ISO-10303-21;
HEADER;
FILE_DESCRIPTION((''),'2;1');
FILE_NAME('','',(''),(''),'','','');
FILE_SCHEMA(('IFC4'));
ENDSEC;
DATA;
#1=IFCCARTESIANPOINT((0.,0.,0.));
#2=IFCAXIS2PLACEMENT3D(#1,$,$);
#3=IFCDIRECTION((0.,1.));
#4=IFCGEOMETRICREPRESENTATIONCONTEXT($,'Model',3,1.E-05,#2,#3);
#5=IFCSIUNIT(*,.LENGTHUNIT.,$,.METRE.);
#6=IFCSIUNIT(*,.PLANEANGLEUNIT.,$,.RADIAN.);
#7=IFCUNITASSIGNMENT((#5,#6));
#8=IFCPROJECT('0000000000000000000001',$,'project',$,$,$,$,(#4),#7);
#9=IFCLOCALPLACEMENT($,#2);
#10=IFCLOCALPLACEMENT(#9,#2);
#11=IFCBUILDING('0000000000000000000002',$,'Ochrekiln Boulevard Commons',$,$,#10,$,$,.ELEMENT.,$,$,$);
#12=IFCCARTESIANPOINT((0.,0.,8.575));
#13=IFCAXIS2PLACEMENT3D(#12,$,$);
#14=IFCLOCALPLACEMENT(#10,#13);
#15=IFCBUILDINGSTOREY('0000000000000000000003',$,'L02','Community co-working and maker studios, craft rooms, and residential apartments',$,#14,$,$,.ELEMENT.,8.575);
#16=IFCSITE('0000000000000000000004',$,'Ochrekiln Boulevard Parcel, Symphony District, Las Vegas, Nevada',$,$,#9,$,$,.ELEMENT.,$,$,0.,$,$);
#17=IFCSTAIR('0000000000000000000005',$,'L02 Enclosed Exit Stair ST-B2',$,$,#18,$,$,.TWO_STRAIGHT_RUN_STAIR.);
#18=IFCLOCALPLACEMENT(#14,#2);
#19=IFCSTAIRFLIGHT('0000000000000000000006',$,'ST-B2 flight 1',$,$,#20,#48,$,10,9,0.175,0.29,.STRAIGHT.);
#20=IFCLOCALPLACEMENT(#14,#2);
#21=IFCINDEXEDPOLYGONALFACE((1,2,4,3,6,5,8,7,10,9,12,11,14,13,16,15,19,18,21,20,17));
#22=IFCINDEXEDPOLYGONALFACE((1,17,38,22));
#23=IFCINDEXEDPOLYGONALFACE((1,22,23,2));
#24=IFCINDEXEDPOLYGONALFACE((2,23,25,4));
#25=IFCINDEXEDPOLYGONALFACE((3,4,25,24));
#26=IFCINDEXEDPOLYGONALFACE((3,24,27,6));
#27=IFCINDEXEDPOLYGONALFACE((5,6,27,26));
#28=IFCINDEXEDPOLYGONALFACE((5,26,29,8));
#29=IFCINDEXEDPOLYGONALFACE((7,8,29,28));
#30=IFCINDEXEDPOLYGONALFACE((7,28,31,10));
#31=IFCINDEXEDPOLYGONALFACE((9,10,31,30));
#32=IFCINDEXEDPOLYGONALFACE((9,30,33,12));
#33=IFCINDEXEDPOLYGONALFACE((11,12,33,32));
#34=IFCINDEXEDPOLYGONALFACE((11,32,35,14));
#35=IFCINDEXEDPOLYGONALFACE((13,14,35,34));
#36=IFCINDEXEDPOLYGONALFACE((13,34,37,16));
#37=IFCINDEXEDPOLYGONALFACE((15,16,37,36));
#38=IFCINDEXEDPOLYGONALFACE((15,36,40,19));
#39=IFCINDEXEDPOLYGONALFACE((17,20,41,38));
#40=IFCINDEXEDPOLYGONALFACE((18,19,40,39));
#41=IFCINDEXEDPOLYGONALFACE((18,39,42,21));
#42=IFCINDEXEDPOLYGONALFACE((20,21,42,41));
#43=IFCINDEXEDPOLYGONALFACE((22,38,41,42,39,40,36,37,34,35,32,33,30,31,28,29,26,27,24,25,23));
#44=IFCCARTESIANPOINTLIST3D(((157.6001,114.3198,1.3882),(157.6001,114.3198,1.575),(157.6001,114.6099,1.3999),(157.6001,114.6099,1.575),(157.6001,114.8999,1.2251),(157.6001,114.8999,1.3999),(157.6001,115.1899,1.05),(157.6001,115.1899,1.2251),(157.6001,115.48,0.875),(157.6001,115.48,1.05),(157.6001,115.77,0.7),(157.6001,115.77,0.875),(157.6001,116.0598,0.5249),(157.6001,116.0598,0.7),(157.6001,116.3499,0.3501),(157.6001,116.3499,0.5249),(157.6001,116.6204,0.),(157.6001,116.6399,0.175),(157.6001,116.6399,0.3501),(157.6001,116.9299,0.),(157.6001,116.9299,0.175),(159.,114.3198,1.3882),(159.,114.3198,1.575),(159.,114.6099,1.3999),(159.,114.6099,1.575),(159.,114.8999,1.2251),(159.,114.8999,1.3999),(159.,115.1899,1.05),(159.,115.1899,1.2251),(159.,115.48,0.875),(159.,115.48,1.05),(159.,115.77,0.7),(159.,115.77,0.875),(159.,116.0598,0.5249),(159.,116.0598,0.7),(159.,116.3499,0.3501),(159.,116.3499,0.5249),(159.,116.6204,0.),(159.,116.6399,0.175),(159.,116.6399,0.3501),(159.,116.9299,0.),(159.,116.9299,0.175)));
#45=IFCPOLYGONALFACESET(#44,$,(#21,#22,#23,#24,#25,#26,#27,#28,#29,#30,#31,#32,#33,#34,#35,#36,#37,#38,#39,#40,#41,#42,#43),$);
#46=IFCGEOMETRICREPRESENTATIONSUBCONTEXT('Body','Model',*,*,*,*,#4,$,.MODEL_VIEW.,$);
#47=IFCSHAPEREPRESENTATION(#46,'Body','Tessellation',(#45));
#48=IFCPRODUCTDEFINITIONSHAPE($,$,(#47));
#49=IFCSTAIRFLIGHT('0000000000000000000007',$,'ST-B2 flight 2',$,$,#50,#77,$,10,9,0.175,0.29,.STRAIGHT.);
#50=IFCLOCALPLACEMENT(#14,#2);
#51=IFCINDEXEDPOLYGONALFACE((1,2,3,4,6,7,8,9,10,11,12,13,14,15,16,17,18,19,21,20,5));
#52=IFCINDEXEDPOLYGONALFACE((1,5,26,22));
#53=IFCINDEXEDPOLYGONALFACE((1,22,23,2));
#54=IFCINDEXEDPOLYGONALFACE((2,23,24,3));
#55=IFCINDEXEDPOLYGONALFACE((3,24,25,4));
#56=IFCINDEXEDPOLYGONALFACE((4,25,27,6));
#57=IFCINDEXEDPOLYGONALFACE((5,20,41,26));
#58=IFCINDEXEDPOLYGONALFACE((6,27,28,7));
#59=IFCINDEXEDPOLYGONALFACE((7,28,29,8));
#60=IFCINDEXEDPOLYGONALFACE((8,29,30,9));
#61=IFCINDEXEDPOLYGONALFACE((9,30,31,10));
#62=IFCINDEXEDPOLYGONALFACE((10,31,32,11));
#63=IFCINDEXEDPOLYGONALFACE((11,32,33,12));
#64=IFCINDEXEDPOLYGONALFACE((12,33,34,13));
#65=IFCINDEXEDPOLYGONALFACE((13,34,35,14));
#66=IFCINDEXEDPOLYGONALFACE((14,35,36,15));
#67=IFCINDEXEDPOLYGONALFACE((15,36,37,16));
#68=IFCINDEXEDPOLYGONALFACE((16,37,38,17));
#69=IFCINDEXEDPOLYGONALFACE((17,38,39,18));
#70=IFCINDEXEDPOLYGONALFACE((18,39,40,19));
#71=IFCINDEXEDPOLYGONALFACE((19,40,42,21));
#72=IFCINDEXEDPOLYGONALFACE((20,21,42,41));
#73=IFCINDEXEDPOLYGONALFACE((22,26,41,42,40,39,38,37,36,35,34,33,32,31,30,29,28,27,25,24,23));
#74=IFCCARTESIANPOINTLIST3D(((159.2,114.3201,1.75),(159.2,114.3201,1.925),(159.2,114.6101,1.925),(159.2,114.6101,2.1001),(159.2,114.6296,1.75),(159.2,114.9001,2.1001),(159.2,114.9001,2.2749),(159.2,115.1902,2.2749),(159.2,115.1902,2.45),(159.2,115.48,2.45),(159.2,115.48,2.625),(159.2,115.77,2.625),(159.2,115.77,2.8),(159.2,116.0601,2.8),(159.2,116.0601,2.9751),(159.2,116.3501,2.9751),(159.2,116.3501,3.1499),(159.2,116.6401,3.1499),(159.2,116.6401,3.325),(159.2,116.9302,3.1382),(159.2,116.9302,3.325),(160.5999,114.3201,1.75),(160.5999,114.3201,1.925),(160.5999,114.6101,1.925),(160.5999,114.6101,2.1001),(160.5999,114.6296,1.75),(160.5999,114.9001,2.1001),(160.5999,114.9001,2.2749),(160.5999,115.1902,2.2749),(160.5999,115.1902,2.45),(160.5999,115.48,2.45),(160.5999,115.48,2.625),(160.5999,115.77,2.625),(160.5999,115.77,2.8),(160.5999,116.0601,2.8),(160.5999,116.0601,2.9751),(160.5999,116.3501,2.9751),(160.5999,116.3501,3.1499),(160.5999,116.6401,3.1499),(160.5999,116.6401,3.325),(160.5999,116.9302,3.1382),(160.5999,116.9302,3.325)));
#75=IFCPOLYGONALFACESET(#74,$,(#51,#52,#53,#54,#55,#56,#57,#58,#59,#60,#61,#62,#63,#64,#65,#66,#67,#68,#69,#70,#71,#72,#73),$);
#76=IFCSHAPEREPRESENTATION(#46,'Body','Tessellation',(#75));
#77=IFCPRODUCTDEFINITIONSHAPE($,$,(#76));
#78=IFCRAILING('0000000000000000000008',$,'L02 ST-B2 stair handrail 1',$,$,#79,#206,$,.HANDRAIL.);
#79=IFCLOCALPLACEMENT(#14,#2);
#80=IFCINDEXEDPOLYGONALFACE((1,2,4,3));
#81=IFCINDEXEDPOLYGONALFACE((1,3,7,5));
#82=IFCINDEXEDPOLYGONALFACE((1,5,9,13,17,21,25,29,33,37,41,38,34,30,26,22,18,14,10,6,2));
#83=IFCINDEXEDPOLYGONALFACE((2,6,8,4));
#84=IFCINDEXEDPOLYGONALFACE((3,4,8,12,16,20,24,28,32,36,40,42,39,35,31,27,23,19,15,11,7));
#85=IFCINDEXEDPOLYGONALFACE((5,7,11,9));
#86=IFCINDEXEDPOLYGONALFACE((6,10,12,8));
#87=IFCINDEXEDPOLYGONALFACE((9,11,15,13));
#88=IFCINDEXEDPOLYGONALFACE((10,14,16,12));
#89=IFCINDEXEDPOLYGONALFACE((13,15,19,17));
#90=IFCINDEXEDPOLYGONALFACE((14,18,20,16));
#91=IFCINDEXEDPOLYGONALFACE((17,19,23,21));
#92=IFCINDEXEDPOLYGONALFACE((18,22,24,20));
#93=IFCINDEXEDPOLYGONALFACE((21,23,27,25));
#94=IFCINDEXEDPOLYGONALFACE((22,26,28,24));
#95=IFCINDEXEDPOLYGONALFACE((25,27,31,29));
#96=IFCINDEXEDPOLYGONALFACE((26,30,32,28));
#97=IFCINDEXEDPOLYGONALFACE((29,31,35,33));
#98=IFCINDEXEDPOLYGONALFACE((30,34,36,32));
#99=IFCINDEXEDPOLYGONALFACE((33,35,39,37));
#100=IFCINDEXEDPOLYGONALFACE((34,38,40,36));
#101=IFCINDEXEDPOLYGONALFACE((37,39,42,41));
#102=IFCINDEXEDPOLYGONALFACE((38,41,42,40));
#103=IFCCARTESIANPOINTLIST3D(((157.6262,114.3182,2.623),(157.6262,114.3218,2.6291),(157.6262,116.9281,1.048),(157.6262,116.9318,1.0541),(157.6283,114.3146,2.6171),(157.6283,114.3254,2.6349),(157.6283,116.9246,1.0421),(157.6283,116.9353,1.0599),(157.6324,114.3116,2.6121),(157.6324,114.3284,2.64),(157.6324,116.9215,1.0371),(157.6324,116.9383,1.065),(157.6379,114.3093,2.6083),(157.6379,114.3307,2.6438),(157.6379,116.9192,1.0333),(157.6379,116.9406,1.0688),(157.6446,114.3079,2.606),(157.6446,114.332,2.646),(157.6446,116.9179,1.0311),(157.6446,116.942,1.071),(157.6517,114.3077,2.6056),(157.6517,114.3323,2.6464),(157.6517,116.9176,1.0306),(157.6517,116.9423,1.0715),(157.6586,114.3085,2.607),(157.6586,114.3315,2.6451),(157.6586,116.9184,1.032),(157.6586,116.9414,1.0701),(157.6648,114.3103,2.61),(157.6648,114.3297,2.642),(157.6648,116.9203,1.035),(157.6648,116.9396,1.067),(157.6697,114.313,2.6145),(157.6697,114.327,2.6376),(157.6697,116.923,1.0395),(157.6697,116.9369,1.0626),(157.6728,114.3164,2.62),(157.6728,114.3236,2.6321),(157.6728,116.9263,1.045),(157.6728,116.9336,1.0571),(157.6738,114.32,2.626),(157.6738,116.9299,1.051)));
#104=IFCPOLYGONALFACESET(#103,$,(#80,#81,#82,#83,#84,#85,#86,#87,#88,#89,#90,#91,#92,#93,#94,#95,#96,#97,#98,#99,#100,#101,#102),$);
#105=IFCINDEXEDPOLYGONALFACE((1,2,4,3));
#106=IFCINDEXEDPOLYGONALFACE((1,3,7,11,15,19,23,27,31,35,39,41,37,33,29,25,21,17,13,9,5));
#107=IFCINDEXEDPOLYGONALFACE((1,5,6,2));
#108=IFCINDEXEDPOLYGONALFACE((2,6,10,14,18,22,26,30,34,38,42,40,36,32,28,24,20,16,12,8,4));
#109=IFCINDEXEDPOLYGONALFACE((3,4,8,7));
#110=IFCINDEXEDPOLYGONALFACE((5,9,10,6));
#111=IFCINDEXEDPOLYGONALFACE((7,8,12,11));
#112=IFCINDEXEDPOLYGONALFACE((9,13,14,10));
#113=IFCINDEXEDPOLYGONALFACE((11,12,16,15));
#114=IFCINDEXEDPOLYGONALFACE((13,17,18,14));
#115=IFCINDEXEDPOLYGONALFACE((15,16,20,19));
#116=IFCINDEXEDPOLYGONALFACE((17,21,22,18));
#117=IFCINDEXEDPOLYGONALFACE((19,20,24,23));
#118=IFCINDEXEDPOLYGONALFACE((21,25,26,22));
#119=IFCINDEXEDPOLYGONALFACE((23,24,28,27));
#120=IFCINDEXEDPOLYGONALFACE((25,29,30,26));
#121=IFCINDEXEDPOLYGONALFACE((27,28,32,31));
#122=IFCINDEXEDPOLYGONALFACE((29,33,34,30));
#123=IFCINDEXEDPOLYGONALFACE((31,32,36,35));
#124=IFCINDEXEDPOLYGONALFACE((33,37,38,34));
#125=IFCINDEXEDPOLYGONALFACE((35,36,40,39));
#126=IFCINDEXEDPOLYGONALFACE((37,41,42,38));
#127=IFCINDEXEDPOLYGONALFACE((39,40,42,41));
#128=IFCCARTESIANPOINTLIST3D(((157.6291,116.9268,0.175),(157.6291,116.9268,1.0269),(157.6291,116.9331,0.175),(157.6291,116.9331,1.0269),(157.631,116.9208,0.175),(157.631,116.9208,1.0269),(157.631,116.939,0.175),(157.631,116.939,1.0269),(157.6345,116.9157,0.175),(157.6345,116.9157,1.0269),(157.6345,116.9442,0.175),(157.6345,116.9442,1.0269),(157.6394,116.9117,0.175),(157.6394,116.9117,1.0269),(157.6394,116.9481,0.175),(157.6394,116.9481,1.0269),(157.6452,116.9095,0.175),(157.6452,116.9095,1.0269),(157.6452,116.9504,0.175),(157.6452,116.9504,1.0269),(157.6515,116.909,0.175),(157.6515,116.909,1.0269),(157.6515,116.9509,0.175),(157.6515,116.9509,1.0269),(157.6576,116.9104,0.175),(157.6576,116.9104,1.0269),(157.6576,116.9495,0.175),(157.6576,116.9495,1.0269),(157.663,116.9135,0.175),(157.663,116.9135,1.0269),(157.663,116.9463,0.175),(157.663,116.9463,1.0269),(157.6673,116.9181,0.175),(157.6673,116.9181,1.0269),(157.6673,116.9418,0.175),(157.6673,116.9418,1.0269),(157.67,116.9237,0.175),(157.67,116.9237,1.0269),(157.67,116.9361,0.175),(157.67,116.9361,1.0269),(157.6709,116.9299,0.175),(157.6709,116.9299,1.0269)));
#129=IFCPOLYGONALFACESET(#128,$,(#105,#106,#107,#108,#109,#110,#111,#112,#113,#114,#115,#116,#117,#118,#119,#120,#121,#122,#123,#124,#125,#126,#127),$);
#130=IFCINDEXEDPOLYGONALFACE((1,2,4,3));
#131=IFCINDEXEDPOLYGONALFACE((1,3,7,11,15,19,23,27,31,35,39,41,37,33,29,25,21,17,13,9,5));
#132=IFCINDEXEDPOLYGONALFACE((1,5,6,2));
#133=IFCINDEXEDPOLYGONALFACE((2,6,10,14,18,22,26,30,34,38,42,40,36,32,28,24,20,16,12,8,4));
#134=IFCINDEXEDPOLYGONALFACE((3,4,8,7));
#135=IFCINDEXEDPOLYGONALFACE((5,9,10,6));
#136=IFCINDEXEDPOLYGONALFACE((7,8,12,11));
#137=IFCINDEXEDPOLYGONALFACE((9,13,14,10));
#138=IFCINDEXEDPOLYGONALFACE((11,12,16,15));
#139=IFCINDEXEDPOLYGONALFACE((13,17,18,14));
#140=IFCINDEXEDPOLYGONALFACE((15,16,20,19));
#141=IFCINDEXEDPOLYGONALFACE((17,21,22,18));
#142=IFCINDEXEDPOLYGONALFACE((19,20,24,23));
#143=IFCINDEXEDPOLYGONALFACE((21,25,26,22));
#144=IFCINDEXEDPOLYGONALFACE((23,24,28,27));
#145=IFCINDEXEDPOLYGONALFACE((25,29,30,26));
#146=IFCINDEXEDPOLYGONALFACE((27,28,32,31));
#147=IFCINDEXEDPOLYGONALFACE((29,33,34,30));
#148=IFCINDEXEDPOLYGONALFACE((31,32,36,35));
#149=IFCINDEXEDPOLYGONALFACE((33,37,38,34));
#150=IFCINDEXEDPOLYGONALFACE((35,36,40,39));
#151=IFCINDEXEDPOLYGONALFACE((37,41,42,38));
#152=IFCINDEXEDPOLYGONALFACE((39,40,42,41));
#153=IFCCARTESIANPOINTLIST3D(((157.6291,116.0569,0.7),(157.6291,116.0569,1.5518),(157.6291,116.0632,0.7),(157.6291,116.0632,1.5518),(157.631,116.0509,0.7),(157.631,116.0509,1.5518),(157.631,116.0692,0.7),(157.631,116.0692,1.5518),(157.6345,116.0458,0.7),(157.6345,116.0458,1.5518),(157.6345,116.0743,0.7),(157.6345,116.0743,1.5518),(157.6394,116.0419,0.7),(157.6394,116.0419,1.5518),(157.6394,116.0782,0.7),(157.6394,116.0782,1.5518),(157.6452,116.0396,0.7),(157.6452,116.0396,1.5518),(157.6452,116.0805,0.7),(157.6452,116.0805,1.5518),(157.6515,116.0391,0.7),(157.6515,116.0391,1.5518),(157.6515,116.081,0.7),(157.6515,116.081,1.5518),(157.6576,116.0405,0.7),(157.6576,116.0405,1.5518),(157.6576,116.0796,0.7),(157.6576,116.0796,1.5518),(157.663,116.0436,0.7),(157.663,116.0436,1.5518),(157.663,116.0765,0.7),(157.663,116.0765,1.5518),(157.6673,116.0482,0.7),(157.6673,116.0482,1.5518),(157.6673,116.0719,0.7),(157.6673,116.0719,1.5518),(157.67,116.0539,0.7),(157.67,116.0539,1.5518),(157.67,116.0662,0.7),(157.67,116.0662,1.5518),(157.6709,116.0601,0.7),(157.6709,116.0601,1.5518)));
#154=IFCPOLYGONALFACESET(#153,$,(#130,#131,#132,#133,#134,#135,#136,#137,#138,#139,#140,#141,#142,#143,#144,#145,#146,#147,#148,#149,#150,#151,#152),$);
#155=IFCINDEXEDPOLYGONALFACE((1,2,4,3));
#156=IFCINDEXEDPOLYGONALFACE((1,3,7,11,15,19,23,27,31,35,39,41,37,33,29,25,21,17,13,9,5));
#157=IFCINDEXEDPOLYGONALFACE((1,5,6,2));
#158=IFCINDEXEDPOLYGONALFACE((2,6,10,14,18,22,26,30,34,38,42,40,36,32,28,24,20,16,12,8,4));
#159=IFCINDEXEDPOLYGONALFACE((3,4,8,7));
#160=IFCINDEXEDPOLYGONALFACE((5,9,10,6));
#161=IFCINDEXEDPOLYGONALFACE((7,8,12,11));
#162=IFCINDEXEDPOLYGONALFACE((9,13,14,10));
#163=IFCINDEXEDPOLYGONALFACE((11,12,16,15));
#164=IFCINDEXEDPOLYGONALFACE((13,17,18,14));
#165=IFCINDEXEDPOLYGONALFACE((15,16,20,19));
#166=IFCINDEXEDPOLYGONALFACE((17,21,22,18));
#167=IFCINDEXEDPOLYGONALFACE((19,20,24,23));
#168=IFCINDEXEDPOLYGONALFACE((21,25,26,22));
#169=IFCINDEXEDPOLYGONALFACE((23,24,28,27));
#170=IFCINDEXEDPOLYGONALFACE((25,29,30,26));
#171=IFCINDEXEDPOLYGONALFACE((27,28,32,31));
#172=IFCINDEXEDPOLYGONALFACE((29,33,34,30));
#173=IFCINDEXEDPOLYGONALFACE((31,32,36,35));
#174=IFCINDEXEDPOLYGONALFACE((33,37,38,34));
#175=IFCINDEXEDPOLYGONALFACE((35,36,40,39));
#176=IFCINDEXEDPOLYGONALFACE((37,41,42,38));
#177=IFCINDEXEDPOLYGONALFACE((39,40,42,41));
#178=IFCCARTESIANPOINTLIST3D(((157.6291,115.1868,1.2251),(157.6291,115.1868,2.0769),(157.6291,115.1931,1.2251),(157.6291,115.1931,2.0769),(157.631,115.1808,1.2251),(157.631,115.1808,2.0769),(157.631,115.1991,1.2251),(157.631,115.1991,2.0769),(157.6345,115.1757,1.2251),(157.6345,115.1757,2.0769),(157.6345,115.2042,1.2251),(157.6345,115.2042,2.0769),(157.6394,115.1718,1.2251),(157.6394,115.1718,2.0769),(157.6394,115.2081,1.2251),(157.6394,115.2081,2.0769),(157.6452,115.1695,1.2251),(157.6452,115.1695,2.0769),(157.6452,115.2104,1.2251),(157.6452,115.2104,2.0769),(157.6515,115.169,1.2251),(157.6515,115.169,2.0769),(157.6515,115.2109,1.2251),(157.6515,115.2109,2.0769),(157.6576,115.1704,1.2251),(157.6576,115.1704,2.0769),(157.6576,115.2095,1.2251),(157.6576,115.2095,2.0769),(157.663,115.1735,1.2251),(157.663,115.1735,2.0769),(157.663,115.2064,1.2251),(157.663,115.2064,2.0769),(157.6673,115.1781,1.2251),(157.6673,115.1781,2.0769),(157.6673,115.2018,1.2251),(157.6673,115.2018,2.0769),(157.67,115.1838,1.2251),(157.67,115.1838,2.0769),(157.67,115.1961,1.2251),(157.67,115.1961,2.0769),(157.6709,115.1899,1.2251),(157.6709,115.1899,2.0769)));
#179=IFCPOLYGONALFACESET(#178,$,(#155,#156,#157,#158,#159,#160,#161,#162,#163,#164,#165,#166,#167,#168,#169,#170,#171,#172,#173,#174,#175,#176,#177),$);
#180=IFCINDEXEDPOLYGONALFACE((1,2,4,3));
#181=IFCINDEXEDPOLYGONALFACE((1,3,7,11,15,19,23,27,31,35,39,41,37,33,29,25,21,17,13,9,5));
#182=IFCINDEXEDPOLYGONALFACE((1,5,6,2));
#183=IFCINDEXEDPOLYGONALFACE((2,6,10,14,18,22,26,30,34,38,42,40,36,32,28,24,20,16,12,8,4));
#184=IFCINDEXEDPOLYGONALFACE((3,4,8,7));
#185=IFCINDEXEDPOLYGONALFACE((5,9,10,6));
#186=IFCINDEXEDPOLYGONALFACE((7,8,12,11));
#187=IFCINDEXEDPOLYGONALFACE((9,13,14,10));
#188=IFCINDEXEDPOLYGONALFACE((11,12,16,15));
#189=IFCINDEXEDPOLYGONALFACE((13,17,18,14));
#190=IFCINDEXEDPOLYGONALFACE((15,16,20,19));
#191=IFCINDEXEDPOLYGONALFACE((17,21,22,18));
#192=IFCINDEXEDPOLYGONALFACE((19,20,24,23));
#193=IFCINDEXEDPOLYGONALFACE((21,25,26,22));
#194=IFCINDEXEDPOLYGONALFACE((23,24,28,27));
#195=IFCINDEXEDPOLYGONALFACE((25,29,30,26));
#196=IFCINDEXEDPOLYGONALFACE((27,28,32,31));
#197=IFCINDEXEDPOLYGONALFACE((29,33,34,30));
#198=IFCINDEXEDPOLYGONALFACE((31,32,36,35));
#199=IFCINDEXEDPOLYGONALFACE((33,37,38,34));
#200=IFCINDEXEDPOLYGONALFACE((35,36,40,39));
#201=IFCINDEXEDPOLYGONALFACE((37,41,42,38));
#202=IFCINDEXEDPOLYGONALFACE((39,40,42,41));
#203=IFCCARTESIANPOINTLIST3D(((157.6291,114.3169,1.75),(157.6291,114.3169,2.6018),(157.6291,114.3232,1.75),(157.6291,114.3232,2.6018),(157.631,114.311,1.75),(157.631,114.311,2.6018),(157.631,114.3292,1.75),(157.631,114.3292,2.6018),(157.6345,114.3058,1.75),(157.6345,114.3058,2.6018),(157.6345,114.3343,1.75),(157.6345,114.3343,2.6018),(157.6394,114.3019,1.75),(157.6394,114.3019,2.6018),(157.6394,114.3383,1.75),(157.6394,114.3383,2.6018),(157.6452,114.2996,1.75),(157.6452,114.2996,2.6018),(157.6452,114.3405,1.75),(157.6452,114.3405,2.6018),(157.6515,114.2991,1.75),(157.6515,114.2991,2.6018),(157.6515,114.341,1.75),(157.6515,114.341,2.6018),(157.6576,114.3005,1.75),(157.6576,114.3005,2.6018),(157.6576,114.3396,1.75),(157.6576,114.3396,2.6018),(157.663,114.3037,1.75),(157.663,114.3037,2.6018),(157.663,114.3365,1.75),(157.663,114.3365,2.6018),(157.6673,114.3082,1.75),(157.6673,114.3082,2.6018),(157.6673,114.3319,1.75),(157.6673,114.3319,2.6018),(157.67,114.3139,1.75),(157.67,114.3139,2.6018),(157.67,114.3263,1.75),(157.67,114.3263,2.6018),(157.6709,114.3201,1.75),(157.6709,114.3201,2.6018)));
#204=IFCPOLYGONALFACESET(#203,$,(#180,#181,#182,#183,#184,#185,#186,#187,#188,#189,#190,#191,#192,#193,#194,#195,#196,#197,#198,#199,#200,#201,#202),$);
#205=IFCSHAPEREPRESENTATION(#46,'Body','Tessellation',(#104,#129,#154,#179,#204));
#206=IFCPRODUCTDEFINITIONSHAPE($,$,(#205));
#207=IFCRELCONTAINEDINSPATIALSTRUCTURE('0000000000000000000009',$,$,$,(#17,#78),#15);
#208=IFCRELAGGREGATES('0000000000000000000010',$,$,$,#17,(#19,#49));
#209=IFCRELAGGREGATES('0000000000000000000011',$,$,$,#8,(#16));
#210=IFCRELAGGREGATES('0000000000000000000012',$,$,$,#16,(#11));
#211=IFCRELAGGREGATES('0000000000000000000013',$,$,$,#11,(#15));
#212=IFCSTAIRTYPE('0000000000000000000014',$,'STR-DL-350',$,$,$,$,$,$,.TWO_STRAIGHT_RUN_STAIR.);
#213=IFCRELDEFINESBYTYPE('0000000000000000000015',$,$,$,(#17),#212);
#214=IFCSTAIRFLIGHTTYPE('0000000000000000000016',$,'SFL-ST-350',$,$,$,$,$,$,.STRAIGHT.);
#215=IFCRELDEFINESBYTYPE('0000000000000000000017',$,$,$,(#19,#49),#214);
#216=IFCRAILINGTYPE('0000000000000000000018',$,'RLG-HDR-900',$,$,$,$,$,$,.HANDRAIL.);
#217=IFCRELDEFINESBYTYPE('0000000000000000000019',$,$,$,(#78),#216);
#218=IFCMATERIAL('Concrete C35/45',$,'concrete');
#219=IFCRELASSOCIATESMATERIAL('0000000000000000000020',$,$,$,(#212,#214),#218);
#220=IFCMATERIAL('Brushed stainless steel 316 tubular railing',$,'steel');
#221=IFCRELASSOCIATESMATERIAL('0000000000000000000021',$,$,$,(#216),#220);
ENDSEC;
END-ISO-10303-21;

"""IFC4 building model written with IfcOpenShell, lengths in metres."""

from ifc_helpers import new_model, si_unit, direction, frame, origin, origin_2d, place, context, subcontext, project, spatial, polyline, circle, outline, extrude, material, type_object, element, aggregate, save


model = new_model("IFC4")

# Units and contexts
model_context = context("Model", 3, precision=1e-05, world=origin(), true_north=direction((0.0, 1.0)))
body_context = subcontext(model_context, "Body", "Model", "MODEL_VIEW")
ifc_project = project(units=[si_unit("LENGTHUNIT", "METRE"), si_unit("PLANEANGLEUNIT", "RADIAN")], contexts=[model_context])

# Site, building, storey
site_placement = place(None, origin())
site = spatial("IfcSite", under=ifc_project, at=site_placement, Name="Ochrekiln Boulevard Parcel, Symphony District, Las Vegas, Nevada", CompositionType="ELEMENT", RefElevation=0.0)
building_placement = place(site_placement, origin())
building = spatial("IfcBuilding", under=site, at=building_placement, Name="Ochrekiln Boulevard Commons", CompositionType="ELEMENT")
storey_placement = place(building_placement, frame((0.0, 0.0, 8.575)))
storey = spatial("IfcBuildingStorey", under=building, at=storey_placement, Name="L02", Description="Community co-working and maker studios, craft rooms, and residential apartments", CompositionType="ELEMENT", Elevation=8.575)

# Shared definitions
ifc_material_1 = material(Name="Concrete C35/45", Category="concrete")

# Stair, stair flights
stair_type = type_object("IfcStairType", Name="STR-DL-350", PredefinedType="TWO_STRAIGHT_RUN_STAIR", material=ifc_material_1)
stair_placement = place(storey_placement, origin())
stair = element("IfcStair", 1, at=stair_placement, inside=storey, type_object=stair_type, Name="L02 Enclosed Exit Stair ST-B2", PredefinedType="TWO_STRAIGHT_RUN_STAIR")
stair_flight_type = type_object("IfcStairFlightType", Name="SFL-ST-350", PredefinedType="STRAIGHT", material=ifc_material_1)
stair_flight_1_placement = place(storey_placement, frame((158.3, 116.9299, 0.0), z_axis=(0.0, 0.0, 1.0), x_axis=(0.0, -1.0, 0.0)))
stair_flight_1 = element("IfcStairFlight", 2, at=stair_flight_1_placement, type_object=stair_flight_type, Name="ST-B2 flight 1", NumberOfRisers=10, NumberOfTreads=9, PredefinedType="STRAIGHT", RiserHeight=0.175, TreadLength=0.29, context=body_context, shape_type="SweptSolid", body=[
    extrude(outline(polyline([(0.0, 0.0), (0.0, 0.175), (0.29, 0.175), (0.29, 0.3501), (0.5801, 0.3501), (0.5801, 0.5249), (0.8701, 0.5249), (0.8701, 0.7), (1.1599, 0.7), (1.1599, 0.875), (1.45, 0.875), (1.45, 1.05), (1.74, 1.05), (1.74, 1.2251), (2.03, 1.2251), (2.03, 1.3999), (2.3201, 1.3999), (2.3201, 1.575), (2.6101, 1.575), (2.6101, 1.75), (2.6101, 1.3882), (0.3096, 0.0), (0.0, 0.0)])), frame((0.0, 0.7, 0.0), z_axis=(0.0, -1.0, 0.0), x_axis=(1.0, 0.0, 0.0)), (0.0, 0.0, 1.0), 1.3999),
])
stair_flight_2_placement = place(storey_placement, frame((159.8999, 114.3201, 1.75), z_axis=(0.0, 0.0, 1.0), x_axis=(0.0, 1.0, 0.0)))
stair_flight_2 = element("IfcStairFlight", 3, at=stair_flight_2_placement, type_object=stair_flight_type, Name="ST-B2 flight 2", NumberOfRisers=10, NumberOfTreads=9, PredefinedType="STRAIGHT", RiserHeight=0.175, TreadLength=0.29, context=body_context, shape_type="SweptSolid", body=[
    extrude(outline(polyline([(0.0, 0.0), (0.0, 0.175), (0.29, 0.175), (0.29, 0.3501), (0.5801, 0.3501), (0.5801, 0.5249), (0.8701, 0.5249), (0.8701, 0.7), (1.1599, 0.7), (1.1599, 0.875), (1.45, 0.875), (1.45, 1.05), (1.74, 1.05), (1.74, 1.2251), (2.03, 1.2251), (2.03, 1.3999), (2.3201, 1.3999), (2.3201, 1.575), (2.6101, 1.575), (2.6101, 1.75), (2.6101, 1.3882), (0.3096, 0.0), (0.0, 0.0)])), frame((0.0, 0.7, 0.0), z_axis=(0.0, -1.0, 0.0), x_axis=(1.0, 0.0, 0.0)), (0.0, 0.0, 1.0), 1.3999),
])
aggregate(stair, [stair_flight_1, stair_flight_2])

# Railing
ifc_material_2 = material(Name="Brushed stainless steel 316 tubular railing", Category="steel")
railing_type_1 = type_object("IfcRailingType", Name="RLG-HDR-900", PredefinedType="HANDRAIL", material=ifc_material_2)
railing_1_placement = place(storey_placement, frame((157.6499, 116.9299, 0.175)))
element("IfcRailing", 4, at=railing_1_placement, inside=storey, type_object=railing_type_1, Name="L02 ST-B2 stair handrail 1", PredefinedType="HANDRAIL", context=body_context, shape_type="SweptSolid", body=[
    extrude(circle(Radius=0.0239, at=origin_2d()), frame((0.0, 0.0, 0.876), z_axis=(0.0, -0.856183, 0.516673), x_axis=(1.0, 0.0, 0.0)), (0.0, 0.0, 1.0), 3.0483),
    extrude(circle(Radius=0.021, at=origin_2d()), origin(), (0.0, 0.0, 1.0), 0.8518),
    extrude(circle(Radius=0.021, at=origin_2d()), frame((0.0, -0.8699, 0.5249)), (0.0, 0.0, 1.0), 0.8518),
    extrude(circle(Radius=0.021, at=origin_2d()), frame((0.0, -1.74, 1.05)), (0.0, 0.0, 1.0), 0.8518),
    extrude(circle(Radius=0.021, at=origin_2d()), frame((0.0, -2.6099, 1.575)), (0.0, 0.0, 1.0), 0.8518),
])

save(model, "model.ifc")
